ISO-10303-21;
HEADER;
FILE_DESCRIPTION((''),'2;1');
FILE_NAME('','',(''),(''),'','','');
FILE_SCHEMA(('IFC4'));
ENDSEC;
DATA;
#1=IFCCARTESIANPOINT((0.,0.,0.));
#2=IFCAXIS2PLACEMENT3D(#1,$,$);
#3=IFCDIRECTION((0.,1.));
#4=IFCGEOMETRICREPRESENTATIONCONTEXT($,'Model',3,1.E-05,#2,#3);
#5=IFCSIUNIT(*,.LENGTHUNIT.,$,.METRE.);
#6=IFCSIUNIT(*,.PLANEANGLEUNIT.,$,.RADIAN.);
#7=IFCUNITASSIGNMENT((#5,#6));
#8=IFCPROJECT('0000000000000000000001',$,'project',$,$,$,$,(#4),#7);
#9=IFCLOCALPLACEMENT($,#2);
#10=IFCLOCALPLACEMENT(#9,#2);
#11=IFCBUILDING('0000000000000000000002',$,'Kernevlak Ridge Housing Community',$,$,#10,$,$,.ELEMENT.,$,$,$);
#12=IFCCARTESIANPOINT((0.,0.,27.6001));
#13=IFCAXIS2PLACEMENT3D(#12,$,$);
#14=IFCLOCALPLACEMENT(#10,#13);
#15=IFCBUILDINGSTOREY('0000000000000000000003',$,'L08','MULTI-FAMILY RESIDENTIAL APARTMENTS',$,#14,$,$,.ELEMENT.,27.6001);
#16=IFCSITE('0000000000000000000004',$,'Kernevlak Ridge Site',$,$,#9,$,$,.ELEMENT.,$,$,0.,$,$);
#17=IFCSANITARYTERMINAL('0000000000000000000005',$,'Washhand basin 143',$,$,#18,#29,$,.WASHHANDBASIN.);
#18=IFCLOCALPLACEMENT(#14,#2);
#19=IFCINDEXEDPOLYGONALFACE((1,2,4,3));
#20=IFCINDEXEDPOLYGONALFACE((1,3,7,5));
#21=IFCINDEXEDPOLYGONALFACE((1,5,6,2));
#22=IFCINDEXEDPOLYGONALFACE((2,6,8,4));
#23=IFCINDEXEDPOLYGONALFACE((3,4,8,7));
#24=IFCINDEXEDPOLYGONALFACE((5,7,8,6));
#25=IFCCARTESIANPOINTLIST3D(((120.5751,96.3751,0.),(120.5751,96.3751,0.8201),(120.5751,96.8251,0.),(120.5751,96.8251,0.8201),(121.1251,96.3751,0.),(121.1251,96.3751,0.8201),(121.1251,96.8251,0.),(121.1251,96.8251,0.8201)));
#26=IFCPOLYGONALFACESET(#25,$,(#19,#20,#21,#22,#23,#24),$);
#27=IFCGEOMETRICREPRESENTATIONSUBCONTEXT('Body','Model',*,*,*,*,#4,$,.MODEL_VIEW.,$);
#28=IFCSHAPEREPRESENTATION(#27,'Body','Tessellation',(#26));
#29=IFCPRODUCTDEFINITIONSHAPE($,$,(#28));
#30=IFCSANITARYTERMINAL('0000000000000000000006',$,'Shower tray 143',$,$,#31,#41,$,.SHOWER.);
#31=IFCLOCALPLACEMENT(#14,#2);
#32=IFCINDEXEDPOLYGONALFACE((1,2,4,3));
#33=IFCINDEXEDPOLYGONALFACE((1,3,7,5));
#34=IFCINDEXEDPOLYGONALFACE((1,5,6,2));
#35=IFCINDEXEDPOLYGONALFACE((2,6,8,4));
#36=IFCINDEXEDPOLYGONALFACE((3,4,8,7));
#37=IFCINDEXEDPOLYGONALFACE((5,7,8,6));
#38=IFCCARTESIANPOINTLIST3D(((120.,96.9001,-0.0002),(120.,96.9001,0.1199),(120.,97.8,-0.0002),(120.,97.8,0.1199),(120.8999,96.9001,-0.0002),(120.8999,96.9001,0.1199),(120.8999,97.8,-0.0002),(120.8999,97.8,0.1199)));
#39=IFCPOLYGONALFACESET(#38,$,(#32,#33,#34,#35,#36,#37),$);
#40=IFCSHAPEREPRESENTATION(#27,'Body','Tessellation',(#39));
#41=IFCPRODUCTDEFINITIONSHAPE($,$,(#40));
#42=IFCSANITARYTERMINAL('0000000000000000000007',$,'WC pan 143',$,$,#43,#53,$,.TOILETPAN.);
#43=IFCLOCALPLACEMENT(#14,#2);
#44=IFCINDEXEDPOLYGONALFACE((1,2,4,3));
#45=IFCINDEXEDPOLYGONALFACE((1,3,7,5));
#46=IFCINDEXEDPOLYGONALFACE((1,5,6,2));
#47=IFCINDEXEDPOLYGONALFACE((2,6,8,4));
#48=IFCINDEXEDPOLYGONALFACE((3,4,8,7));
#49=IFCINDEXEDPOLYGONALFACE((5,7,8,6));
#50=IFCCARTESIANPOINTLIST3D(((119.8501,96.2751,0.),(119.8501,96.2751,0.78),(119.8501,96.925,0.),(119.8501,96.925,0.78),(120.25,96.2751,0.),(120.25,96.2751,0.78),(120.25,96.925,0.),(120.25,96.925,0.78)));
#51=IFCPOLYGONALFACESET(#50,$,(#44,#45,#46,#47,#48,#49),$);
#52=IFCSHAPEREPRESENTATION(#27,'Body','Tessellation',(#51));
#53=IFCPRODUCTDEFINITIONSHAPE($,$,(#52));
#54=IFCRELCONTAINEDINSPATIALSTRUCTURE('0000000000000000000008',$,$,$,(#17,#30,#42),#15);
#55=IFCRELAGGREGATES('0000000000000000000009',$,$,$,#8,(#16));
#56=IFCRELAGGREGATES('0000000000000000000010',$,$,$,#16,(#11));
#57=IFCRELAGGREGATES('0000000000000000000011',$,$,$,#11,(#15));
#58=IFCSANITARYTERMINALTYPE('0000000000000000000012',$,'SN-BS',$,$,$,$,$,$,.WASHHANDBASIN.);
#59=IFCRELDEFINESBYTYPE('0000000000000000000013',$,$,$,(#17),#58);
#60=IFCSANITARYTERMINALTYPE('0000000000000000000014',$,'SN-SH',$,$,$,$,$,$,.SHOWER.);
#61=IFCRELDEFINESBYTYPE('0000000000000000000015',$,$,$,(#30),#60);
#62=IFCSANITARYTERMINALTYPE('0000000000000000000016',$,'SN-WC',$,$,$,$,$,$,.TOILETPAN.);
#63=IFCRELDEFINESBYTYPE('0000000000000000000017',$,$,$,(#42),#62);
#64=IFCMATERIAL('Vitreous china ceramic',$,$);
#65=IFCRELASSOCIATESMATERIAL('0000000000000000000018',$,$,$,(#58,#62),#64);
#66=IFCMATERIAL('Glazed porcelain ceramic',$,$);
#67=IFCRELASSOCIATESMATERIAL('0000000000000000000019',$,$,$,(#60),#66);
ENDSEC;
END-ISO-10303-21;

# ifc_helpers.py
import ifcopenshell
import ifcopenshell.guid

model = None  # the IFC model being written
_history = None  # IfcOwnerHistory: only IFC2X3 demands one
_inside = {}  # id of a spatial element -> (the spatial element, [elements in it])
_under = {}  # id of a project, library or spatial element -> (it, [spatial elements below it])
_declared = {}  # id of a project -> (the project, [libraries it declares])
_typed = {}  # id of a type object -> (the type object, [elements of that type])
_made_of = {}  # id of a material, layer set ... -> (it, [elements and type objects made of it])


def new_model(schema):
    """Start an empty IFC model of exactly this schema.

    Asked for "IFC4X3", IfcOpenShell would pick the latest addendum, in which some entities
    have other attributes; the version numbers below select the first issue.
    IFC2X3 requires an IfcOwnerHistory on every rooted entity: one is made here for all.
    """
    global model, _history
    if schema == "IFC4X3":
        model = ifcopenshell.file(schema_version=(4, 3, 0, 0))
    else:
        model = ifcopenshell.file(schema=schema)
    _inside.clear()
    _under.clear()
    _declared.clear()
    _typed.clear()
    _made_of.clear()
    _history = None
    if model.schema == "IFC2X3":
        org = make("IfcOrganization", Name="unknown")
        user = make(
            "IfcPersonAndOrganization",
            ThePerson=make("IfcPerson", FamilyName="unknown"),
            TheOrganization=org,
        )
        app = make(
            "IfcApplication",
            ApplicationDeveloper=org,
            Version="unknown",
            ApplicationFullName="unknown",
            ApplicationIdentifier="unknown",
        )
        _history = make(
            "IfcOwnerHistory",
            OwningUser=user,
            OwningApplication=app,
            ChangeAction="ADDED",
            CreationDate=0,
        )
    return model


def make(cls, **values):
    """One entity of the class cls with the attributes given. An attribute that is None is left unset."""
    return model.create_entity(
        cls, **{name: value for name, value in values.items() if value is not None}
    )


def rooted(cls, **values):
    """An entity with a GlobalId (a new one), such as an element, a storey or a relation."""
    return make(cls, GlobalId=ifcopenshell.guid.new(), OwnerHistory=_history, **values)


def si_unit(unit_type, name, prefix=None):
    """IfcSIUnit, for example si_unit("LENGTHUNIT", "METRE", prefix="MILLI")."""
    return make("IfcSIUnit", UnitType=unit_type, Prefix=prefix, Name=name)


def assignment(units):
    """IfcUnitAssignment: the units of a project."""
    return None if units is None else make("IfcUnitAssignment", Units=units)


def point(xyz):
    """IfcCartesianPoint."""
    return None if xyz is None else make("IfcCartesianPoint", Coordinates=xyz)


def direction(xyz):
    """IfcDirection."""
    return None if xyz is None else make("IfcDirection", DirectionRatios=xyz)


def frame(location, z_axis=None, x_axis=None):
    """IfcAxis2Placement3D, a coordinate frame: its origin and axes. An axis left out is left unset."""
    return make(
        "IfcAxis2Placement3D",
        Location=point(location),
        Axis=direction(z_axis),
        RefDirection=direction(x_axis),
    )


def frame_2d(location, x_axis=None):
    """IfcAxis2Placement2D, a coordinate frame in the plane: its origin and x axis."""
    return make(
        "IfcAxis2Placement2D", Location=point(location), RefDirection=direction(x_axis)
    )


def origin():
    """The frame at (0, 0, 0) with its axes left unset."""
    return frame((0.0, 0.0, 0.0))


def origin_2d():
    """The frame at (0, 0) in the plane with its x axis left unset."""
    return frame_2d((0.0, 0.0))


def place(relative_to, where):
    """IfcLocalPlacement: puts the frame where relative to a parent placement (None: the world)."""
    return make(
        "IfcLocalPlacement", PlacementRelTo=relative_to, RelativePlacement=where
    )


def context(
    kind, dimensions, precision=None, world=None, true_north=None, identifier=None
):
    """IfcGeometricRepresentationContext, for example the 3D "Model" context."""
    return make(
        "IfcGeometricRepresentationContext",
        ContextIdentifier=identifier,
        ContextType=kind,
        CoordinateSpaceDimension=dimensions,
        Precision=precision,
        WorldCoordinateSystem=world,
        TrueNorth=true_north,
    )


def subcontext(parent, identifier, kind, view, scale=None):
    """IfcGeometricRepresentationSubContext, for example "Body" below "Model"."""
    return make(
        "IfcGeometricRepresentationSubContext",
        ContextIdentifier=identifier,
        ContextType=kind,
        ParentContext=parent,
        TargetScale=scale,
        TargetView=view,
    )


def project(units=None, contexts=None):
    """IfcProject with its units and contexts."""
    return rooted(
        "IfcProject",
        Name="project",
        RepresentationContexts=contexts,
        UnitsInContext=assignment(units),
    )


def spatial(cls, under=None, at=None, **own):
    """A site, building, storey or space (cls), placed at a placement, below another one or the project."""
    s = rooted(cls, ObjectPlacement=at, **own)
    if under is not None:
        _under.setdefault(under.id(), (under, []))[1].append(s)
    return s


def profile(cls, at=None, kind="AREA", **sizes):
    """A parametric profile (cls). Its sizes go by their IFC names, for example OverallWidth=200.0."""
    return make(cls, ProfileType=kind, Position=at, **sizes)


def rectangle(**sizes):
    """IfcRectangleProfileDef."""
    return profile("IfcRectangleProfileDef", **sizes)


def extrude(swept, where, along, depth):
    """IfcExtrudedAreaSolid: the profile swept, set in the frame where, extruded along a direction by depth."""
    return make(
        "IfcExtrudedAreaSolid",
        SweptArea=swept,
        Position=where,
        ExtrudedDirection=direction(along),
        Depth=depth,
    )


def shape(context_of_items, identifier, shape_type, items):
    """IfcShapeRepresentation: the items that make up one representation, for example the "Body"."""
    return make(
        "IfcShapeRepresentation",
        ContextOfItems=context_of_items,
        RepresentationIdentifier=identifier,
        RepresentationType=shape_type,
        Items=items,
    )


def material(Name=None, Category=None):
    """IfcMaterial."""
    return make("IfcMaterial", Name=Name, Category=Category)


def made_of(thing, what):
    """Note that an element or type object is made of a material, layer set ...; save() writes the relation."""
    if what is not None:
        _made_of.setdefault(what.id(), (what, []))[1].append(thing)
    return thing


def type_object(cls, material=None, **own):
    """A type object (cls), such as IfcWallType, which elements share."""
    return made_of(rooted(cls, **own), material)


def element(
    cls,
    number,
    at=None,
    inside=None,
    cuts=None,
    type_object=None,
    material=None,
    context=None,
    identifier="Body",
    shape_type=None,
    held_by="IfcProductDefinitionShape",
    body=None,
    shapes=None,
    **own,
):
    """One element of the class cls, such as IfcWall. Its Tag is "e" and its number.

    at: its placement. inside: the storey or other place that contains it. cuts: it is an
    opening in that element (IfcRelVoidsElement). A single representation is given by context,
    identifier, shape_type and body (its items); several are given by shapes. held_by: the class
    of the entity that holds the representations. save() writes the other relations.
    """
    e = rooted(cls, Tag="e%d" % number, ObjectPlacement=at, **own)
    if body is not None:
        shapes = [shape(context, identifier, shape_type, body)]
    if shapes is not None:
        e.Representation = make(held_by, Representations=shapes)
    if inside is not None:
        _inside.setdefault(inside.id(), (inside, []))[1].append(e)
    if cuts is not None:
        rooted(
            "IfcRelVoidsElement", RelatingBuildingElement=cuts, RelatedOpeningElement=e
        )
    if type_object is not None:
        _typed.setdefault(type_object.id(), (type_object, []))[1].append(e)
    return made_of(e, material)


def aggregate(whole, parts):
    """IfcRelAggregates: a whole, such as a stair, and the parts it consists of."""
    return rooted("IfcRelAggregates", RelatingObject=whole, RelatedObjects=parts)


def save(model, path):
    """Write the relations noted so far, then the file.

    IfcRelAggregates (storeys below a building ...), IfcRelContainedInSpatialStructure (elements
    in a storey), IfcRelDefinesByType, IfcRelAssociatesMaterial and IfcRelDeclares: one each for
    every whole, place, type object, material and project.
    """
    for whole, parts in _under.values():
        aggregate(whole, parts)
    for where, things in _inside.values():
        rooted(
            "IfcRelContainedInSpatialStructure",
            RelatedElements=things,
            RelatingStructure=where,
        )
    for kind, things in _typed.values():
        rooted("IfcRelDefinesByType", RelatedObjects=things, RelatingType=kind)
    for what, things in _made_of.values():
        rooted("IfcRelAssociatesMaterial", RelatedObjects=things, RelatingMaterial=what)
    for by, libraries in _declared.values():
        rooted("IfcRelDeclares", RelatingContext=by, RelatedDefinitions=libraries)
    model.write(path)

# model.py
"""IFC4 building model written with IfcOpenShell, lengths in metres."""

from ifc_helpers import new_model, si_unit, direction, frame, origin, origin_2d, place, context, subcontext, project, spatial, rectangle, extrude, material, type_object, element, save


model = new_model("IFC4")

# Units and contexts
model_context = context("Model", 3, precision=1e-05, world=origin(), true_north=direction((0.0, 1.0)))
body_context = subcontext(model_context, "Body", "Model", "MODEL_VIEW")
ifc_project = project(units=[si_unit("LENGTHUNIT", "METRE"), si_unit("PLANEANGLEUNIT", "RADIAN")], contexts=[model_context])

# Site, building, storey
site_placement = place(None, origin())
site = spatial("IfcSite", under=ifc_project, at=site_placement, Name="Kernevlak Ridge Site", CompositionType="ELEMENT", RefElevation=0.0)
building_placement = place(site_placement, origin())
building = spatial("IfcBuilding", under=site, at=building_placement, Name="Kernevlak Ridge Housing Community", CompositionType="ELEMENT")
storey_placement = place(building_placement, frame((0.0, 0.0, 27.6001)))
storey = spatial("IfcBuildingStorey", under=building, at=storey_placement, Name="L08", Description="MULTI-FAMILY RESIDENTIAL APARTMENTS", CompositionType="ELEMENT", Elevation=27.6001)

# Sanitary terminals
ifc_material_1 = material(Name="Vitreous china ceramic")
sanitary_terminal_type_1 = type_object("IfcSanitaryTerminalType", Name="SN-BS", PredefinedType="WASHHANDBASIN", material=ifc_material_1)
sanitary_terminal_1_placement = place(storey_placement, frame((120.8501, 96.6001, 0.0), z_axis=(0.0, 0.0, 1.0), x_axis=(1.0, 0.0, 0.0)))
element("IfcSanitaryTerminal", 1, at=sanitary_terminal_1_placement, inside=storey, type_object=sanitary_terminal_type_1, Name="Washhand basin 143", PredefinedType="WASHHANDBASIN", context=body_context, shape_type="SweptSolid", body=[
    extrude(rectangle(XDim=0.55, YDim=0.45, at=origin_2d()), origin(), (0.0, 0.0, 1.0), 0.8201),
])
ifc_material_2 = material(Name="Glazed porcelain ceramic")
sanitary_terminal_type_2 = type_object("IfcSanitaryTerminalType", Name="SN-SH", PredefinedType="SHOWER", material=ifc_material_2)
sanitary_terminal_2_placement = place(storey_placement, frame((120.45, 97.3501, -0.0002), z_axis=(0.0, 0.0, 1.0), x_axis=(1.0, 0.0, 0.0)))
element("IfcSanitaryTerminal", 2, at=sanitary_terminal_2_placement, inside=storey, type_object=sanitary_terminal_type_2, Name="Shower tray 143", PredefinedType="SHOWER", context=body_context, shape_type="SweptSolid", body=[
    extrude(rectangle(XDim=0.8999, YDim=0.8999, at=origin_2d()), origin(), (0.0, 0.0, 1.0), 0.1201),
])
sanitary_terminal_type_3 = type_object("IfcSanitaryTerminalType", Name="SN-WC", PredefinedType="TOILETPAN", material=ifc_material_1)
sanitary_terminal_3_placement = place(storey_placement, frame((120.05, 96.6001, 0.0), z_axis=(0.0, 0.0, 1.0), x_axis=(1.0, 0.0, 0.0)))
element("IfcSanitaryTerminal", 3, at=sanitary_terminal_3_placement, inside=storey, type_object=sanitary_terminal_type_3, Name="WC pan 143", PredefinedType="TOILETPAN", context=body_context, shape_type="SweptSolid", body=[
    extrude(rectangle(XDim=0.3999, YDim=0.6499, at=origin_2d()), origin(), (0.0, 0.0, 1.0), 0.78),
])

save(model, "model.ifc")
